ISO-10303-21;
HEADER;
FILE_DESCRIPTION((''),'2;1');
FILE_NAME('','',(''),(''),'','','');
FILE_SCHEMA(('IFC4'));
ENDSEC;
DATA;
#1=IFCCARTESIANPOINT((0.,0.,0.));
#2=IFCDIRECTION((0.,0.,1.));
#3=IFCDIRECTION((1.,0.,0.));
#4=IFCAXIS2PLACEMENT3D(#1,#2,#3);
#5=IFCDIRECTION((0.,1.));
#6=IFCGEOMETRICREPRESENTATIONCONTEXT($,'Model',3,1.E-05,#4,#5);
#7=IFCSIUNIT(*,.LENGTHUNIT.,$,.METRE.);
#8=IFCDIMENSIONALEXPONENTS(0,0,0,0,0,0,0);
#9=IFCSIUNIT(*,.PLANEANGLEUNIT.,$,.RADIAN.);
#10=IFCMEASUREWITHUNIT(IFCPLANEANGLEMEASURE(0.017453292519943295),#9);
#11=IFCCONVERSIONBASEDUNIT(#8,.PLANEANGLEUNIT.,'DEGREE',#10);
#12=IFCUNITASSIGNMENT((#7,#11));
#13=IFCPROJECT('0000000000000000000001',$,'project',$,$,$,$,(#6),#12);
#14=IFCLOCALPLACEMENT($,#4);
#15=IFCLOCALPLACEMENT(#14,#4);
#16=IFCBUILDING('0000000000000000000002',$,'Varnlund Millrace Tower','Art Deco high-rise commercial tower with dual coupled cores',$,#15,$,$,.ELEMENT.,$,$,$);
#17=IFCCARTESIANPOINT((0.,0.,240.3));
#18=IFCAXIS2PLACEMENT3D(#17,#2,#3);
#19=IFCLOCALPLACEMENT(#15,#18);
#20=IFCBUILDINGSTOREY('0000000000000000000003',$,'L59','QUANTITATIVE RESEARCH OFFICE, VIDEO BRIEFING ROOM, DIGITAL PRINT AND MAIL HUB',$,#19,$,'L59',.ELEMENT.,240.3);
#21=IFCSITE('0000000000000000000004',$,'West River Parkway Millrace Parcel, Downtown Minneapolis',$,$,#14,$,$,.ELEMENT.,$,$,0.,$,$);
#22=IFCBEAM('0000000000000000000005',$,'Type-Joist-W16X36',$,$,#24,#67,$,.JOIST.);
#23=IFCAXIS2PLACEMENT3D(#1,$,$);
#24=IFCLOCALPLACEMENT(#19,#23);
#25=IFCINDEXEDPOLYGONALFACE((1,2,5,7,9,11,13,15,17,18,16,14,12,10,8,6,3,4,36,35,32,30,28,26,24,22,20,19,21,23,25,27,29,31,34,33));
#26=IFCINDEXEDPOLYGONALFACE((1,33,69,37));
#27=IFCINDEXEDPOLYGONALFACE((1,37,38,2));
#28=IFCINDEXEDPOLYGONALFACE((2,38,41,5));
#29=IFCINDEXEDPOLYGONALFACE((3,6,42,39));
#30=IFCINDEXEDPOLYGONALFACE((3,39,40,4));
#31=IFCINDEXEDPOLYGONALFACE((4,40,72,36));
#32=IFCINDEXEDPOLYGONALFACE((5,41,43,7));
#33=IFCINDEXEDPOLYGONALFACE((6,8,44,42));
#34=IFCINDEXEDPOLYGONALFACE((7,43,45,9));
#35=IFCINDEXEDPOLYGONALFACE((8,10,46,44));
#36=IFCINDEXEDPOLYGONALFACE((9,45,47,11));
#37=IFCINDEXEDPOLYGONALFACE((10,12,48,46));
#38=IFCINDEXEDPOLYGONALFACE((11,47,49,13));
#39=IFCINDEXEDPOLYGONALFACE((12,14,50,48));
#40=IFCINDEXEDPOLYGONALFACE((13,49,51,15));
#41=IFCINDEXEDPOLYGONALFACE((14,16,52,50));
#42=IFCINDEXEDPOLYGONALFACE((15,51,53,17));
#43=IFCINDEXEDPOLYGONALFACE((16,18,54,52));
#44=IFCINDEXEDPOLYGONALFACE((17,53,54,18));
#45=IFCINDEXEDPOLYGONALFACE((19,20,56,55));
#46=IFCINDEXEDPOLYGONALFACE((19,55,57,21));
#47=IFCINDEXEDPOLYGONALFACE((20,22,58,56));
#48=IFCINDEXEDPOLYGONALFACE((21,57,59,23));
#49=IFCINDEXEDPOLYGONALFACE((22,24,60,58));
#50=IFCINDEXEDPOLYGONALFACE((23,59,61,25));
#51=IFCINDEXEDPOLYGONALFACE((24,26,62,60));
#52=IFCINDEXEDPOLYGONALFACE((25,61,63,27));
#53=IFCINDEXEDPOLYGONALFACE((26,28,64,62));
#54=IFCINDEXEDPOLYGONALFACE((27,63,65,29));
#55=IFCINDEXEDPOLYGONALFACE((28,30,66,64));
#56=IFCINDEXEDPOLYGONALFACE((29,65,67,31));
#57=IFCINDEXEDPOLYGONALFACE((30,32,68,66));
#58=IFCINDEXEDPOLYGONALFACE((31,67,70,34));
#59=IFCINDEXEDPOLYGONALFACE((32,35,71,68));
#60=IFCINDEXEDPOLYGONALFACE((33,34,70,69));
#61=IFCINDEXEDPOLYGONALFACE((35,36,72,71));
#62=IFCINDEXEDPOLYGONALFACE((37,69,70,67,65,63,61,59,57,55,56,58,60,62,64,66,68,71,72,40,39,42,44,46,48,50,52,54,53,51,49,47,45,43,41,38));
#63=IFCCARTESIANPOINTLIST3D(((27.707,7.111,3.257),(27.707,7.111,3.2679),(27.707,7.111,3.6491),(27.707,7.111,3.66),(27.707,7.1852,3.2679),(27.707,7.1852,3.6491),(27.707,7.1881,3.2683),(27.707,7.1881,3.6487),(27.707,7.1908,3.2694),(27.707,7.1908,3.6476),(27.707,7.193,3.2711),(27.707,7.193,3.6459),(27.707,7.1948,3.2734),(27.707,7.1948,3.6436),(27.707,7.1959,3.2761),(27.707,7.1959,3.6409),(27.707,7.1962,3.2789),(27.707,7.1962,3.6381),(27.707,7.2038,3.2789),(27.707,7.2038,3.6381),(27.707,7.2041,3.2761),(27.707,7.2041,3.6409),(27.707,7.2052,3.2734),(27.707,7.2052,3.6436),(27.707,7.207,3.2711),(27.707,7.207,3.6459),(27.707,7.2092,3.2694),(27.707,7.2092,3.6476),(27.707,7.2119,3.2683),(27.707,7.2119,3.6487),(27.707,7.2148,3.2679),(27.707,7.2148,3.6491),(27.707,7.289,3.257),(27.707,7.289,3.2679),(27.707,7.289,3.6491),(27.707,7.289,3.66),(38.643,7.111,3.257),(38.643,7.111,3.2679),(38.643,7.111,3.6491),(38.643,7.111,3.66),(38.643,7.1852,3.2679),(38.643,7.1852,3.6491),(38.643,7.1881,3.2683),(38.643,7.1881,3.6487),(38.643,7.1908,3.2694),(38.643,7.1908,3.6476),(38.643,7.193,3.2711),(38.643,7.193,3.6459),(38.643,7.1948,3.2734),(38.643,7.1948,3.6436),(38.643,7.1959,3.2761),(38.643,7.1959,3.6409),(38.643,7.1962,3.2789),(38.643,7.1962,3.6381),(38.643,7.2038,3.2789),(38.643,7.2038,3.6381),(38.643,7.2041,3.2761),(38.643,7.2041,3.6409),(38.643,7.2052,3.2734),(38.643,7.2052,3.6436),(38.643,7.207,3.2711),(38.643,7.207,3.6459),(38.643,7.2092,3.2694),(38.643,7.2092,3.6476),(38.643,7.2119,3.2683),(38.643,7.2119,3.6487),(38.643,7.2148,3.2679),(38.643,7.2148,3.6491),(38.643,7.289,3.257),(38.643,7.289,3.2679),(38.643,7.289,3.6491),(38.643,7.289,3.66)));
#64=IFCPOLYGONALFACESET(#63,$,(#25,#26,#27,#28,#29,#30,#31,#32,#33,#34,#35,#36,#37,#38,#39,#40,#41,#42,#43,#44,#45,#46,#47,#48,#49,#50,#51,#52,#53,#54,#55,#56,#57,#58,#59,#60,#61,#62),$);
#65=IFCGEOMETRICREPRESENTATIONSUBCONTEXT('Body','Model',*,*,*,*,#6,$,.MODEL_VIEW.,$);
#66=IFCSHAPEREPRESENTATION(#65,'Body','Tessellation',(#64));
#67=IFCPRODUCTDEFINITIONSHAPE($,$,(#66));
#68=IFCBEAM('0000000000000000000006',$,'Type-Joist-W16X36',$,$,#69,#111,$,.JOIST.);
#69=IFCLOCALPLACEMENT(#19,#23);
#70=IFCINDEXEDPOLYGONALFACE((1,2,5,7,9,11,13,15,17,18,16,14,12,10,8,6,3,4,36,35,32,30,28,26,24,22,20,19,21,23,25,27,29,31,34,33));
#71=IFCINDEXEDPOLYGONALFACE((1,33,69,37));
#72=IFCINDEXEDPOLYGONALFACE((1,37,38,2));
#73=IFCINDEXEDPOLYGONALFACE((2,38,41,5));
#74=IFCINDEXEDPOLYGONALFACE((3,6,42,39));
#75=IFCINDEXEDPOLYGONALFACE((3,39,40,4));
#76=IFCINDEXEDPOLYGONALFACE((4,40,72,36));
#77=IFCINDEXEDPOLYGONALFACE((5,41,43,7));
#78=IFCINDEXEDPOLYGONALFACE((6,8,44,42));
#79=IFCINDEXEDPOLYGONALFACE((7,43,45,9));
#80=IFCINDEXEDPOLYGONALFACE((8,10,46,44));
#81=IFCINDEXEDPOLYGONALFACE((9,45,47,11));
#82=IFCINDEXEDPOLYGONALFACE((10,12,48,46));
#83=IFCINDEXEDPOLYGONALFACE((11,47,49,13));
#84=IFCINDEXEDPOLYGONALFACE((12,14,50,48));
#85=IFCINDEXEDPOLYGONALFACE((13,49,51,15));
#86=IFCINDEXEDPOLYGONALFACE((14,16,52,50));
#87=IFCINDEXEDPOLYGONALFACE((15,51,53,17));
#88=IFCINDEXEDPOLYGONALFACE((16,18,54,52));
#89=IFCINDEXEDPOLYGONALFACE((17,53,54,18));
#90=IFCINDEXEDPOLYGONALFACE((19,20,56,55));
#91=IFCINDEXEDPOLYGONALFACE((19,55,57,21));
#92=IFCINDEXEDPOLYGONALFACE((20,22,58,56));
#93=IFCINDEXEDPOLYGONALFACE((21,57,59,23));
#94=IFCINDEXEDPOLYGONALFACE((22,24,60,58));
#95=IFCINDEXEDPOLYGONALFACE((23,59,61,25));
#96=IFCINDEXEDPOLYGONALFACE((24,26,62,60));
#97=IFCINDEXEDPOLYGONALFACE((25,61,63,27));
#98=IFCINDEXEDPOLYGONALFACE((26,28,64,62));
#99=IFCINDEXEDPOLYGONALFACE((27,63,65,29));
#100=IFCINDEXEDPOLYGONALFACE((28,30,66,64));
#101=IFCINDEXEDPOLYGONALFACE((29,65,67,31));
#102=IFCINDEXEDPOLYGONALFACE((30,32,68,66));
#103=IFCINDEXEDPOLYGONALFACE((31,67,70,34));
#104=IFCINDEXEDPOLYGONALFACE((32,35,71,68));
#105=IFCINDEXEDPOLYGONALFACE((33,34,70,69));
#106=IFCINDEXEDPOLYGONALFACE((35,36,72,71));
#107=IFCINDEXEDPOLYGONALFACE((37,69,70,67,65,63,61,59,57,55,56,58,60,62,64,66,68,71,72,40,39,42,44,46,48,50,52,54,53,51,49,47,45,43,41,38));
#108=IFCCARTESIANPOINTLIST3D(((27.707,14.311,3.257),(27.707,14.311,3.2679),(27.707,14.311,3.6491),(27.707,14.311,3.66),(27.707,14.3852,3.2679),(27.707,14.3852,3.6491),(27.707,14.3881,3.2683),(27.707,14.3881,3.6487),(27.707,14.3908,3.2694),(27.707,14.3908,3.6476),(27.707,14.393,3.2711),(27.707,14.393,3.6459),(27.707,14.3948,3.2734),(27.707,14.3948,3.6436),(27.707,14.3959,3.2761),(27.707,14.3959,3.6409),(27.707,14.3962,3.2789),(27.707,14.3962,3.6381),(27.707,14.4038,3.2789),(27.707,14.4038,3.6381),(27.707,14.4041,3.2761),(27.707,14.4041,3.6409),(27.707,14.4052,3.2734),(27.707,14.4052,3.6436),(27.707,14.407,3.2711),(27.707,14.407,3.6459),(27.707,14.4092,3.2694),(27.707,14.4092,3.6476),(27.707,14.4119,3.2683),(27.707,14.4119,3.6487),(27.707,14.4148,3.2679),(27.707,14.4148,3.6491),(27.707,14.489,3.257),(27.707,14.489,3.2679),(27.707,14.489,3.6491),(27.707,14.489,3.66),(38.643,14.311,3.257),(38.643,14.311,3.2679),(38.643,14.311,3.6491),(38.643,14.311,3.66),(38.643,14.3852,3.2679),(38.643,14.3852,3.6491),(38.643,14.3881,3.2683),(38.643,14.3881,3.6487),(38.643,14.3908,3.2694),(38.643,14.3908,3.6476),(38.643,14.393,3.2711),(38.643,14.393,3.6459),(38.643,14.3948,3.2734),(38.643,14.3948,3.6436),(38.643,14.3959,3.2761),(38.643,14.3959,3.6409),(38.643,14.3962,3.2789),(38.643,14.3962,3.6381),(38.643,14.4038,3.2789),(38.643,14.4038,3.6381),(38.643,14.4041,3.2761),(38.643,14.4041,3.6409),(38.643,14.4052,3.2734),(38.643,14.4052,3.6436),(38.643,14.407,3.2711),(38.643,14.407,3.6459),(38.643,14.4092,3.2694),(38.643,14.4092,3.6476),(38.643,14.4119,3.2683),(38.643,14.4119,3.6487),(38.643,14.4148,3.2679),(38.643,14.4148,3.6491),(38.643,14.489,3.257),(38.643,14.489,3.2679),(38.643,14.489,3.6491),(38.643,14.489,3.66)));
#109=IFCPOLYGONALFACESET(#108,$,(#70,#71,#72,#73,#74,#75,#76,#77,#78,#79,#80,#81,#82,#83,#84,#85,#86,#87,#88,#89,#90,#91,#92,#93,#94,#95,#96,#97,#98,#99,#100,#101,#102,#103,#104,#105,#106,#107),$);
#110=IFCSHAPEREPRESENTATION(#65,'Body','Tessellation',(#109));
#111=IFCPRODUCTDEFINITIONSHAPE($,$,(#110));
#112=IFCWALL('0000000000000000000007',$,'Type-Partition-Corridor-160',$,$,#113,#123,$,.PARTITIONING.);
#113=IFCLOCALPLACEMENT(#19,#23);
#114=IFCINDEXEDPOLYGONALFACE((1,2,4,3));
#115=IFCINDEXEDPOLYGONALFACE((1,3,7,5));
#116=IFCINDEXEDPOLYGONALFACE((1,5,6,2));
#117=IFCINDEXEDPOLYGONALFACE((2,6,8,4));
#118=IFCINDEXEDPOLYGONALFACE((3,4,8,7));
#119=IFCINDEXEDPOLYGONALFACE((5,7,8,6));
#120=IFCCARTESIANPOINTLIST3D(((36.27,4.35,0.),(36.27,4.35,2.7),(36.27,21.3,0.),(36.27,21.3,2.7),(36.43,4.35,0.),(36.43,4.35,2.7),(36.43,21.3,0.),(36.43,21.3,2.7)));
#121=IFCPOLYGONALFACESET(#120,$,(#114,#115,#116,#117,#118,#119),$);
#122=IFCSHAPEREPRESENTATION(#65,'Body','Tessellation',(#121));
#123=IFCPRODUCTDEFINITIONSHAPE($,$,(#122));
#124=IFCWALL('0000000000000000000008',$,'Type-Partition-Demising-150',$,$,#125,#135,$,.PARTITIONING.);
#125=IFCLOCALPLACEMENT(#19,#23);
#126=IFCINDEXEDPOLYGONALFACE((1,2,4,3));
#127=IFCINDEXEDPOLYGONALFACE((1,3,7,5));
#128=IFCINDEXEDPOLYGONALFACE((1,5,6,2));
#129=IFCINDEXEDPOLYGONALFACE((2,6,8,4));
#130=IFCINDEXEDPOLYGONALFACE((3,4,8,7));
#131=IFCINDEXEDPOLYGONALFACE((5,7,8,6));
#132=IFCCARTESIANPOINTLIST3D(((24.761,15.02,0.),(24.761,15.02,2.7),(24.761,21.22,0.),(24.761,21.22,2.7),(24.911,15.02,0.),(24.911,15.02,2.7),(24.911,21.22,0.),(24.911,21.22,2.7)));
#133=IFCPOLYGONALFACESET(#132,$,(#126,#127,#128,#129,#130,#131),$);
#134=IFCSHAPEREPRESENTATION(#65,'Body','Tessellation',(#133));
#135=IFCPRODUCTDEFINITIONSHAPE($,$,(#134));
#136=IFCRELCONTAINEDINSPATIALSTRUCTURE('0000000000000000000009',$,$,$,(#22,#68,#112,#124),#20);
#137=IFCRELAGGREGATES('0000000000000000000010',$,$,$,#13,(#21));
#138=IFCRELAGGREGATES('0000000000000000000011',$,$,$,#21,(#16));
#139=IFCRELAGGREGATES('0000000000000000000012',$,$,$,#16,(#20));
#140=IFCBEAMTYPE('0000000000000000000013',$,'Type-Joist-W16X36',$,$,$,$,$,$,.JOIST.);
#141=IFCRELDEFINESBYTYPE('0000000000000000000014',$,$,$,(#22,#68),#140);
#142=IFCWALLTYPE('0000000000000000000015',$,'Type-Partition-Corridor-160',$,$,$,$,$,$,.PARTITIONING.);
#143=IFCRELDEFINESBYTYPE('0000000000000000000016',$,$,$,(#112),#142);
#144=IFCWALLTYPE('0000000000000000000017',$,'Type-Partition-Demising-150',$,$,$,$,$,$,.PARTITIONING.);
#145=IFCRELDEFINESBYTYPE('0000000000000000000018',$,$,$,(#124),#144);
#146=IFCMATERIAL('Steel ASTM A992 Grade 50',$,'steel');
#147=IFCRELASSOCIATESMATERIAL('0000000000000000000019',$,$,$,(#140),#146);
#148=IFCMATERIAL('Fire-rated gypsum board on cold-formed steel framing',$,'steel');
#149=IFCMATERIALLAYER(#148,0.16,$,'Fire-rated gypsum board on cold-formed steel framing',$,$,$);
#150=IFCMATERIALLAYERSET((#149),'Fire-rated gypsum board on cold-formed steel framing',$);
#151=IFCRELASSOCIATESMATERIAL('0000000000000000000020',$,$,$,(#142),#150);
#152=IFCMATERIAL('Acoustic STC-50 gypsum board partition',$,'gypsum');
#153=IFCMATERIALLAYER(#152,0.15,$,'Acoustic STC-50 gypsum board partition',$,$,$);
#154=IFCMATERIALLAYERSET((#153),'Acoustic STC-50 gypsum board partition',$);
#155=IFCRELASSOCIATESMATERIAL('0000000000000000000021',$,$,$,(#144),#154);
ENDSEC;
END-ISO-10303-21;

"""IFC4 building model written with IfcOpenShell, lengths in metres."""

from ifc_helpers import new_model, entity, si_unit, converted_unit, direction, frame, origin_with_axes, origin_2d_with_axis, place, context, subcontext, project, spatial, polyline, i_section, outline, extrude, material, layer, layer_set, material_profile, profile_set, type_object, element, save


model = new_model("IFC4")

# Units and contexts
model_context = context("Model", 3, precision=1e-05, world=origin_with_axes(), true_north=direction((0.0, 1.0)))
body_context = subcontext(model_context, "Body", "Model", "MODEL_VIEW")
ifc_project = project(units=[si_unit("LENGTHUNIT", "METRE"), converted_unit("PLANEANGLEUNIT", "DEGREE", entity("IfcPlaneAngleMeasure", 0.017453292519943295), si_unit("PLANEANGLEUNIT", "RADIAN"), dimensions=[0, 0, 0, 0, 0, 0, 0])], contexts=[model_context])

# Site, building, storey
site_placement = place(None, origin_with_axes())
site = spatial("IfcSite", under=ifc_project, at=site_placement, Name="West River Parkway Millrace Parcel, Downtown Minneapolis", CompositionType="ELEMENT", RefElevation=0.0)
building_placement = place(site_placement, origin_with_axes())
building = spatial("IfcBuilding", under=site, at=building_placement, Name="Varnlund Millrace Tower", Description="Art Deco high-rise commercial tower with dual coupled cores", CompositionType="ELEMENT")
storey_placement = place(building_placement, frame((0.0, 0.0, 240.3), z_axis=(0.0, 0.0, 1.0), x_axis=(1.0, 0.0, 0.0)))
storey = spatial("IfcBuildingStorey", under=building, at=storey_placement, Name="L59", Description="QUANTITATIVE RESEARCH OFFICE, VIDEO BRIEFING ROOM, DIGITAL PRINT AND MAIL HUB", LongName="L59", CompositionType="ELEMENT", Elevation=240.3)

# Beams
ifc_material_1 = material(Name="Steel ASTM A992 Grade 50", Category="steel")
ifc_material_profile_1 = material_profile(ifc_material_1, i_section(OverallWidth=0.178, OverallDepth=0.403, WebThickness=0.0075, FlangeThickness=0.0109, FilletRadius=0.011, at=origin_2d_with_axis()), Name="Steel ASTM A992 Grade 50")
ifc_profile_set_1 = profile_set([ifc_material_profile_1], Name="Steel ASTM A992 Grade 50")
beam_type_1 = type_object("IfcBeamType", Name="Type-Joist-W16X36", PredefinedType="JOIST", material=ifc_profile_set_1)
for number, where, z_axis, x_axis, name in (
    (1, (27.707, 7.2, 3.4585), (1.0, 0.0, 0.0), (0.0, 1.0, 0.0), "Type-Joist-W16X36"),
    (2, (27.707, 14.4, 3.4585), (1.0, 0.0, 0.0), (0.0, 1.0, 0.0), "Type-Joist-W16X36"),
):
    element("IfcBeam", number, at=place(storey_placement, frame(where, z_axis=z_axis, x_axis=x_axis)), inside=storey, type_object=beam_type_1, Name=name, PredefinedType="JOIST", context=body_context, shape_type="SweptSolid", body=[
        extrude(i_section(OverallWidth=0.178, OverallDepth=0.403, WebThickness=0.0075, FlangeThickness=0.0109, FilletRadius=0.011, at=origin_2d_with_axis()), origin_with_axes(), (0.0, 0.0, 1.0), 10.936),
    ])

# Shared definitions
ifc_material_2 = material(Name="Fire-rated gypsum board on cold-formed steel framing", Category="steel")
ifc_layer_1 = layer(ifc_material_2, 0.16, Name="Fire-rated gypsum board on cold-formed steel framing")
ifc_layer_set_1 = layer_set([ifc_layer_1], Name="Fire-rated gypsum board on cold-formed steel framing")
wall_type_1 = type_object("IfcWallType", Name="Type-Partition-Corridor-160", PredefinedType="PARTITIONING", material=ifc_layer_set_1)

# Walls
wall_1_placement = place(storey_placement, frame((36.35, 4.35, 0.0), z_axis=(0.0, 0.0, 1.0), x_axis=(0.0, 1.0, 0.0)))
element("IfcWall", 3, at=wall_1_placement, inside=storey, type_object=wall_type_1, Name="Type-Partition-Corridor-160", PredefinedType="PARTITIONING", context=body_context, shape_type="SweptSolid", body=[
    extrude(outline(polyline([(0.0, -0.08), (16.95, -0.08), (16.95, 0.08), (0.0, 0.08), (0.0, -0.08)])), origin_with_axes(), (0.0, 0.0, 1.0), 2.7),
])
ifc_material_3 = material(Name="Acoustic STC-50 gypsum board partition", Category="gypsum")
ifc_layer_2 = layer(ifc_material_3, 0.15, Name="Acoustic STC-50 gypsum board partition")
ifc_layer_set_2 = layer_set([ifc_layer_2], Name="Acoustic STC-50 gypsum board partition")
wall_type_2 = type_object("IfcWallType", Name="Type-Partition-Demising-150", PredefinedType="PARTITIONING", material=ifc_layer_set_2)
wall_2_placement = place(storey_placement, frame((24.836, 15.02, 0.0), z_axis=(0.0, 0.0, 1.0), x_axis=(0.0, 1.0, 0.0)))
element("IfcWall", 4, at=wall_2_placement, inside=storey, type_object=wall_type_2, Name="Type-Partition-Demising-150", PredefinedType="PARTITIONING", context=body_context, shape_type="SweptSolid", body=[
    extrude(outline(polyline([(0.0, -0.075), (6.2, -0.075), (6.2, 0.075), (0.0, 0.075), (0.0, -0.075)])), origin_with_axes(), (0.0, 0.0, 1.0), 2.7),
])

save(model, "model.ifc")
